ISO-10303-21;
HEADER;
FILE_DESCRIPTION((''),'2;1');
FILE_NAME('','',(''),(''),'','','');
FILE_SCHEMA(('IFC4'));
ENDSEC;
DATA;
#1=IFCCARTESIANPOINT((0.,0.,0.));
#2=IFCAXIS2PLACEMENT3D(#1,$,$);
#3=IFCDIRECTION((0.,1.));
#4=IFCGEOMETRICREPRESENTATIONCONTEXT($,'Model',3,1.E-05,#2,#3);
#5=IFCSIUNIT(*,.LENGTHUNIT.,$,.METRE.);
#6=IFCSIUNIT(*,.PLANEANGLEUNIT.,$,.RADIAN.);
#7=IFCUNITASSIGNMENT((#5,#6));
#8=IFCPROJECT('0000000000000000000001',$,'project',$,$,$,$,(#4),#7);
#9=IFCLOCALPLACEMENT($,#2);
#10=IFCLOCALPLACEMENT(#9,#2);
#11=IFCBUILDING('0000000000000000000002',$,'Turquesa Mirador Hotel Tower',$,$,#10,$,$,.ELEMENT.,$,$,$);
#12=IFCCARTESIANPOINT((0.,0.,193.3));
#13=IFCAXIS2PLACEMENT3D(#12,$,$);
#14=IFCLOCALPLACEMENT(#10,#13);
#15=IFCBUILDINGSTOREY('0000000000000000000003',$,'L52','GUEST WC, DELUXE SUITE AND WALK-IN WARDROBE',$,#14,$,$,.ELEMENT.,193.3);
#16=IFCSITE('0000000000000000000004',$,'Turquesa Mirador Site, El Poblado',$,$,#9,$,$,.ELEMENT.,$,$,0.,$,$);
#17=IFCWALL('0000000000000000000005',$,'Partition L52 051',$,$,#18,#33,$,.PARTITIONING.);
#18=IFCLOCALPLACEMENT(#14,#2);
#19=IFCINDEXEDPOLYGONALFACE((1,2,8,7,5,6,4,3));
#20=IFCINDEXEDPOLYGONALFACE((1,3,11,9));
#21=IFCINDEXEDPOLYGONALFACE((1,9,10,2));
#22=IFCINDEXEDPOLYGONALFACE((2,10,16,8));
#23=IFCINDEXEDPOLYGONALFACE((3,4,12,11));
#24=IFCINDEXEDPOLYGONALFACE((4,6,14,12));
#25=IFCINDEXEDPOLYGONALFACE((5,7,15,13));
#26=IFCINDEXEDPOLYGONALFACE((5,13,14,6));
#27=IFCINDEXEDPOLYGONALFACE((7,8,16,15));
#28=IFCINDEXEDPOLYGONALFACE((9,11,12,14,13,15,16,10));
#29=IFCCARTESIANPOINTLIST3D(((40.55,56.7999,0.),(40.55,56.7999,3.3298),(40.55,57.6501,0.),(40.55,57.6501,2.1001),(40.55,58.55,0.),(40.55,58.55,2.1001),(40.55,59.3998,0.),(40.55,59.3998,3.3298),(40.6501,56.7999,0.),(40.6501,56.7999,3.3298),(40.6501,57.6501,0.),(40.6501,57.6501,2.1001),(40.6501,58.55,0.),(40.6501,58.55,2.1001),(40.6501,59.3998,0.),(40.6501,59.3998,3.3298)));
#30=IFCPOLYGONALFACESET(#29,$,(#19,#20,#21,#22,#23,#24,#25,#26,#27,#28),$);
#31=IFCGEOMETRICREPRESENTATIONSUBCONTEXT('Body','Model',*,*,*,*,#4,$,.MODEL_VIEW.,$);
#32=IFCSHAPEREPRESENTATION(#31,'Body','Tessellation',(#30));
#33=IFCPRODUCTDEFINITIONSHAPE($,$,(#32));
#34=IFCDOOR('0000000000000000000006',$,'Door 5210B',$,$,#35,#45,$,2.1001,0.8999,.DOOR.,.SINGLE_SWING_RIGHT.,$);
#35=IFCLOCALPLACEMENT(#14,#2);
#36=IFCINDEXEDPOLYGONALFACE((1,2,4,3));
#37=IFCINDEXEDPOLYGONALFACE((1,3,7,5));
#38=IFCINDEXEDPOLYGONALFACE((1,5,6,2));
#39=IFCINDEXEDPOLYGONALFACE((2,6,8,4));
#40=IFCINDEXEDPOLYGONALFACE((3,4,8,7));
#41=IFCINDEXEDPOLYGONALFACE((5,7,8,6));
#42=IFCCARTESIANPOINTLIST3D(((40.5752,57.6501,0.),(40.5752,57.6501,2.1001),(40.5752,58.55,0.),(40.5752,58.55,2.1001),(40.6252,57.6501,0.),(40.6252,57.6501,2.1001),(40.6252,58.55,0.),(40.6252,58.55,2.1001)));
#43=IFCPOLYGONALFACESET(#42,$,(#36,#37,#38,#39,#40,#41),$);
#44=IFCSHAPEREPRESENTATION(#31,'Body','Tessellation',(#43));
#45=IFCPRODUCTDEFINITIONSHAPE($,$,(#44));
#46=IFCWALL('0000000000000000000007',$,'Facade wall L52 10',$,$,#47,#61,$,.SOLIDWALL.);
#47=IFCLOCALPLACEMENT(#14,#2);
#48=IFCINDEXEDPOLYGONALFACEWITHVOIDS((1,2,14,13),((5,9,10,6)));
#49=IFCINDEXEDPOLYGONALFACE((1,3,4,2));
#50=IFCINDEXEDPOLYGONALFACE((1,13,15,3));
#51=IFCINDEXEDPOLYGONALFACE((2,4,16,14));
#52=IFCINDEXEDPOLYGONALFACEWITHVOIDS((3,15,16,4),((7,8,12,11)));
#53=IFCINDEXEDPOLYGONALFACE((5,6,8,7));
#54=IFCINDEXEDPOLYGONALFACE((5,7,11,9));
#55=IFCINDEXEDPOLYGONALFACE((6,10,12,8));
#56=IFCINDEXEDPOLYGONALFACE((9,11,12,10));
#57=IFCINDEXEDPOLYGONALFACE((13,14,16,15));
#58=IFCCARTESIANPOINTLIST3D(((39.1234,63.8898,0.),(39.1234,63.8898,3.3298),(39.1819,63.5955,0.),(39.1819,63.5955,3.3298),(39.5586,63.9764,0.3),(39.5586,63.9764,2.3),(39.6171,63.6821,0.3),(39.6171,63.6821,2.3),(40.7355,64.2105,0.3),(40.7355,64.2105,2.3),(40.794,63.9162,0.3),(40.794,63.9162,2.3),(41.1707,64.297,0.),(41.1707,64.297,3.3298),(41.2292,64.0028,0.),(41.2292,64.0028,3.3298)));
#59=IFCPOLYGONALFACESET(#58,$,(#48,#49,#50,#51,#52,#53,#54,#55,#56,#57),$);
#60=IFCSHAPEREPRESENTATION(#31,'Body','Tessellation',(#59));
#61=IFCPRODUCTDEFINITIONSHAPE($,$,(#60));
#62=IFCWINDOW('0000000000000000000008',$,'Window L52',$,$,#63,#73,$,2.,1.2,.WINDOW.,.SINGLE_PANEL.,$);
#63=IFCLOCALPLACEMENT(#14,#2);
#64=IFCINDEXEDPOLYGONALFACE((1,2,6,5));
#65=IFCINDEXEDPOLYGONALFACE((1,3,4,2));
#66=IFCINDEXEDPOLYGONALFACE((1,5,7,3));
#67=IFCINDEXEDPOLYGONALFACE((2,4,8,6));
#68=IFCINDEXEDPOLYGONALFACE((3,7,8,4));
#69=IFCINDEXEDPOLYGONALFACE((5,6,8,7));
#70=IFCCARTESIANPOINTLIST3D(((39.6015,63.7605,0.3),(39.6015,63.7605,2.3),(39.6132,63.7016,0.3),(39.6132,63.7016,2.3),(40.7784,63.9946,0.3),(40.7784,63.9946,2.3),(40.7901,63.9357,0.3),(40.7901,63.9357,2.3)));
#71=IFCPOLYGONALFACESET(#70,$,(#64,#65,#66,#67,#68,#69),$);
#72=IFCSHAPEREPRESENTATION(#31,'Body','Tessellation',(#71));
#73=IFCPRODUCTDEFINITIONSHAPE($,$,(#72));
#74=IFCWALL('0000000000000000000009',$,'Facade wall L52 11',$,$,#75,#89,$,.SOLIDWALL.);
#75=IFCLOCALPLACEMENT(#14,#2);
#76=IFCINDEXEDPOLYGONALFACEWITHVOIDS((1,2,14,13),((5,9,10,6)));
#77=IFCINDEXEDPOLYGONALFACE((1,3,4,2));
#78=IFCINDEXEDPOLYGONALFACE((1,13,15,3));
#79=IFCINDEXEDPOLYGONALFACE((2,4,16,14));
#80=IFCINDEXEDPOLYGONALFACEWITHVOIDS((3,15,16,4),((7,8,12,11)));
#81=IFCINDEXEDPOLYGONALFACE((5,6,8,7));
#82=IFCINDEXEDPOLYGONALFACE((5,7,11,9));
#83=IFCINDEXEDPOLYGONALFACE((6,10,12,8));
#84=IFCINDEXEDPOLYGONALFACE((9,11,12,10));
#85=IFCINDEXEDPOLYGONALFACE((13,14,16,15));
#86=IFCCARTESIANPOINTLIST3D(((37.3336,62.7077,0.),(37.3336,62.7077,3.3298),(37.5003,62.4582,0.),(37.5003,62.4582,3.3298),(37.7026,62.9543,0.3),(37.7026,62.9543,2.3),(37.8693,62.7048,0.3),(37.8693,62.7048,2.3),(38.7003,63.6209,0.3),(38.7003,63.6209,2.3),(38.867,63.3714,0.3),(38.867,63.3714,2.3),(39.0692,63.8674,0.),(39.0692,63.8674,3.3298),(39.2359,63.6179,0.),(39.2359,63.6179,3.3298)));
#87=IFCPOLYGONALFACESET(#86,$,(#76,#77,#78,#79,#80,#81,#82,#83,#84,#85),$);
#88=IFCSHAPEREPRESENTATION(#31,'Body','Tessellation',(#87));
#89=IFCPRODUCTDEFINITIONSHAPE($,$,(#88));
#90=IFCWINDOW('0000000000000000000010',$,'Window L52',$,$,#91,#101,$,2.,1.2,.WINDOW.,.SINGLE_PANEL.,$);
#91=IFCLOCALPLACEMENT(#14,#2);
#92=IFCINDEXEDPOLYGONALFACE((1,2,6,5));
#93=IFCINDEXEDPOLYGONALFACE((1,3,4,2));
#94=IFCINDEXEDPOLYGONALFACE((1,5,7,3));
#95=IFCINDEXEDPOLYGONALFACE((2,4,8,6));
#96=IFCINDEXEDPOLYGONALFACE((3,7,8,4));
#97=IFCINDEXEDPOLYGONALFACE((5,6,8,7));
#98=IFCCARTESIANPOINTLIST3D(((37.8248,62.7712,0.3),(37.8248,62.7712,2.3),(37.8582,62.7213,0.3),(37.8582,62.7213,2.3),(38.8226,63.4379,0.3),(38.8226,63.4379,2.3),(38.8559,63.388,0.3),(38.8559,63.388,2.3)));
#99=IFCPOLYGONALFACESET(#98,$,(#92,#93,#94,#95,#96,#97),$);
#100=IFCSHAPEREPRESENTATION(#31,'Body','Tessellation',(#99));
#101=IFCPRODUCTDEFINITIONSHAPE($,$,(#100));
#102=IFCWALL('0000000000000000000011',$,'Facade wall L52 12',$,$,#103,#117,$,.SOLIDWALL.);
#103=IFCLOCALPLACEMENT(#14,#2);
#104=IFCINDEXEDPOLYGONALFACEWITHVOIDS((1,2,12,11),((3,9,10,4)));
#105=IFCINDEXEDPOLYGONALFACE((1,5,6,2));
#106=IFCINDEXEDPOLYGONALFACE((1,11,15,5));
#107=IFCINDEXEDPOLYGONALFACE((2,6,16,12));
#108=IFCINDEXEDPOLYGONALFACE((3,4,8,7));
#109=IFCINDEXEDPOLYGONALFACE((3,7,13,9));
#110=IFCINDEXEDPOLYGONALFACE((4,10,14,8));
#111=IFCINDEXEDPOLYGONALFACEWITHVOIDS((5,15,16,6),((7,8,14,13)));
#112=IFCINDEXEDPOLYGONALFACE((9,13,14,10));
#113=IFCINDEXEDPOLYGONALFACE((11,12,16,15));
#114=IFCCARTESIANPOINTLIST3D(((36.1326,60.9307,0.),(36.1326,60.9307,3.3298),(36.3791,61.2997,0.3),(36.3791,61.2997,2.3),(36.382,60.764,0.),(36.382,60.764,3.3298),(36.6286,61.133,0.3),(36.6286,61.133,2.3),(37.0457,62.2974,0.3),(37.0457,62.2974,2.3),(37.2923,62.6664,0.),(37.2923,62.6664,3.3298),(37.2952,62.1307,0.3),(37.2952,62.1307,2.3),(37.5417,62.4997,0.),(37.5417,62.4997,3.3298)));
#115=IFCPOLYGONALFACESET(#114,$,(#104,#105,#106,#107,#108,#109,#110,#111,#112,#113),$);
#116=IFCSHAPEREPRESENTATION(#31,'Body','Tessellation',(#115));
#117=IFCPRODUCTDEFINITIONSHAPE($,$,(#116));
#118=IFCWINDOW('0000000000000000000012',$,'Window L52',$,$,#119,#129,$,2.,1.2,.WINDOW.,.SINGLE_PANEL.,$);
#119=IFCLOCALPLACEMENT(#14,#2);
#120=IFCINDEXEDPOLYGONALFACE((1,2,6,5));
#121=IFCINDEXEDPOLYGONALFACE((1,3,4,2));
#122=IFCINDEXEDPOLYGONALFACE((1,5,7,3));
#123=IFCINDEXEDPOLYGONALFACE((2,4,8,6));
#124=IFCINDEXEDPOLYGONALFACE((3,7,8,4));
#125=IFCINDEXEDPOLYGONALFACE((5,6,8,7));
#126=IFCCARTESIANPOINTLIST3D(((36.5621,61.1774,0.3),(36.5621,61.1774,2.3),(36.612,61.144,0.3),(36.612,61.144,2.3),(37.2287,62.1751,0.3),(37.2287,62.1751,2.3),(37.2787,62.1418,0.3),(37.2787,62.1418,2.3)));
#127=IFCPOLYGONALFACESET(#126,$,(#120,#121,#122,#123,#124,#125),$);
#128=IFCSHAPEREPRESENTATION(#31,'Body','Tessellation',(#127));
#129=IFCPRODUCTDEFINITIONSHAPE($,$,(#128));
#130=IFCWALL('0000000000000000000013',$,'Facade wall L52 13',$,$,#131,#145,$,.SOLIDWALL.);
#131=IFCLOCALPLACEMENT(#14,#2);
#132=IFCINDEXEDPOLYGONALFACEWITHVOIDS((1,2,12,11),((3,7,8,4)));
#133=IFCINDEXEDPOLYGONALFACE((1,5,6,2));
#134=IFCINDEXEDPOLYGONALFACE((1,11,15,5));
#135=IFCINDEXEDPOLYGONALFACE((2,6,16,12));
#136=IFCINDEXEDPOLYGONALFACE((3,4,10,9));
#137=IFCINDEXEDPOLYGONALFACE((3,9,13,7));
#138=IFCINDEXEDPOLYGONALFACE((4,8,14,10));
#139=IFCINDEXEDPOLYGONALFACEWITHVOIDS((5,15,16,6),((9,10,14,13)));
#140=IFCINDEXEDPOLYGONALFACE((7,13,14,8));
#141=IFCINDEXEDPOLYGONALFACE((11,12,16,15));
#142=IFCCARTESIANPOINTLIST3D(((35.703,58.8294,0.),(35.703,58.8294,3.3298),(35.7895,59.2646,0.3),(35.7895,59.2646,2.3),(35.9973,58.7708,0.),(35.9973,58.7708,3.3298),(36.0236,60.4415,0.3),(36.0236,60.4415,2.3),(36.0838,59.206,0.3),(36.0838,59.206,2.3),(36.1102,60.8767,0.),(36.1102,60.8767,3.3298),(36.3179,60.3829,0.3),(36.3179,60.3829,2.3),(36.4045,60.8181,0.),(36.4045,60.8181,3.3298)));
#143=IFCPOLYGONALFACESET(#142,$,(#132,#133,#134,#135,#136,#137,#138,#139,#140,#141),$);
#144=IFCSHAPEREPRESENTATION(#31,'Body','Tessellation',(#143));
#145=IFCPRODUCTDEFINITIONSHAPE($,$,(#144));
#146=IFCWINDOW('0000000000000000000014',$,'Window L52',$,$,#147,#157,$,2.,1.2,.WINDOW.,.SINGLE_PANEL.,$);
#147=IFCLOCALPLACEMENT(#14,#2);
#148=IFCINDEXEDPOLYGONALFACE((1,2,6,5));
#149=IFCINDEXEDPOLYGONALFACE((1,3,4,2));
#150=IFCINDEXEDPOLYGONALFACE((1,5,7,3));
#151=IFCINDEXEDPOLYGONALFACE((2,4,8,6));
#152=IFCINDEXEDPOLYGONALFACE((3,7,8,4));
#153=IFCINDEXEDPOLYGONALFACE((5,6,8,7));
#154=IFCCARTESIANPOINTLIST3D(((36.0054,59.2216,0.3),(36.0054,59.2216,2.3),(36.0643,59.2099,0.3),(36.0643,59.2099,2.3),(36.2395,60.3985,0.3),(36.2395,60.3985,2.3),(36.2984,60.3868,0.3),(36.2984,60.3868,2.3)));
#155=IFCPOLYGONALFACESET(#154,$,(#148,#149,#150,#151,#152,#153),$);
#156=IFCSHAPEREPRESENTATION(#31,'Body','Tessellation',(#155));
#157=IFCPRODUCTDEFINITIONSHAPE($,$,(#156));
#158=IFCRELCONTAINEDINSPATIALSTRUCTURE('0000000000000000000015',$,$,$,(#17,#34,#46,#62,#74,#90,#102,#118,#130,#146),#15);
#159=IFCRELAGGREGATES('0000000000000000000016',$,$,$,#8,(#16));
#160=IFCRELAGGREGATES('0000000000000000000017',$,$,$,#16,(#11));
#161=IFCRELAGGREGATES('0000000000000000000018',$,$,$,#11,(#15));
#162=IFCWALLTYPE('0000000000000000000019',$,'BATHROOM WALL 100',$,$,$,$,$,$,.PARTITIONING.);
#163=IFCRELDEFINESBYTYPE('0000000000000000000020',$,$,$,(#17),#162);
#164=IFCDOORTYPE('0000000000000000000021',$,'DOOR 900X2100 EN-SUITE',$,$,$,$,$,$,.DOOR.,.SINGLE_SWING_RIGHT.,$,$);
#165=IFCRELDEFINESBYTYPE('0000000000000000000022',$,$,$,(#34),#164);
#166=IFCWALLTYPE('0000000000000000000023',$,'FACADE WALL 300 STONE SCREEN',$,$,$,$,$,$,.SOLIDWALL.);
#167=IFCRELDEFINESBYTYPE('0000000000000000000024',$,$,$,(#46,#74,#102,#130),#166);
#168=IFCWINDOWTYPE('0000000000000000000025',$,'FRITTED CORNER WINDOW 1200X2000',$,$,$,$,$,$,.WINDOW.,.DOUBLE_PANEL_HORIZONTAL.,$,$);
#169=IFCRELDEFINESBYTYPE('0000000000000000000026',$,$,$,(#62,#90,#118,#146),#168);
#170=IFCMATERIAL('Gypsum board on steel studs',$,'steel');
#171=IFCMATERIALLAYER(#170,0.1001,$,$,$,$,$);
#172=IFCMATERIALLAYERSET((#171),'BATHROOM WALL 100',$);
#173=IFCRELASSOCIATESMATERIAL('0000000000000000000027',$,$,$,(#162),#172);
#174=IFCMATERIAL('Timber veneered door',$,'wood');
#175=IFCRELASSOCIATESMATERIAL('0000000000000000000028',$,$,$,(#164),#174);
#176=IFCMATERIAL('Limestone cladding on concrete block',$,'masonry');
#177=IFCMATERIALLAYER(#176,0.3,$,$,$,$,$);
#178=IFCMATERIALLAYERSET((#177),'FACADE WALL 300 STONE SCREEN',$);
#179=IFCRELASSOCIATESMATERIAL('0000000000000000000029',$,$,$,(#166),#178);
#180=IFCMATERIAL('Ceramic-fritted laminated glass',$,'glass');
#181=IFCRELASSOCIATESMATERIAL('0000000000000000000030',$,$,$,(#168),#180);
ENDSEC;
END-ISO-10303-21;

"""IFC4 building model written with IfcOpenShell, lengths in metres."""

from ifc_helpers import new_model, si_unit, direction, frame, frame_2d, origin, place, context, subcontext, project, spatial, rectangle, extrude, material, layer, layer_set, type_object, element, fill, save


model = new_model("IFC4")

# Units and contexts
model_context = context("Model", 3, precision=1e-05, world=origin(), true_north=direction((0.0, 1.0)))
body_context = subcontext(model_context, "Body", "Model", "MODEL_VIEW")
ifc_project = project(units=[si_unit("LENGTHUNIT", "METRE"), si_unit("PLANEANGLEUNIT", "RADIAN")], contexts=[model_context])

# Site, building, storey
site_placement = place(None, origin())
site = spatial("IfcSite", under=ifc_project, at=site_placement, Name="Turquesa Mirador Site, El Poblado", CompositionType="ELEMENT", RefElevation=0.0)
building_placement = place(site_placement, origin())
building = spatial("IfcBuilding", under=site, at=building_placement, Name="Turquesa Mirador Hotel Tower", CompositionType="ELEMENT")
storey_placement = place(building_placement, frame((0.0, 0.0, 193.3)))
storey = spatial("IfcBuildingStorey", under=building, at=storey_placement, Name="L52", Description="GUEST WC, DELUXE SUITE AND WALK-IN WARDROBE", CompositionType="ELEMENT", Elevation=193.3)

# Shared definitions
ifc_material_1 = material(Name="Gypsum board on steel studs", Category="steel")
ifc_layer_1 = layer(ifc_material_1, 0.1001)
ifc_layer_set_1 = layer_set([ifc_layer_1], Name="BATHROOM WALL 100")
wall_type_1 = type_object("IfcWallType", Name="BATHROOM WALL 100", PredefinedType="PARTITIONING", material=ifc_layer_set_1)

# Wall, opening, door
wall_1_placement = place(storey_placement, frame((40.6001, 56.8, 0.0), z_axis=(0.0, 0.0, 1.0), x_axis=(0.0, 1.0, 0.0)))
wall_1 = element("IfcWall", 1, at=wall_1_placement, inside=storey, type_object=wall_type_1, Name="Partition L52 051", PredefinedType="PARTITIONING", context=body_context, shape_type="SweptSolid", body=[
    extrude(rectangle(XDim=2.5999, YDim=0.1001, at=frame_2d((1.2998, 0.0))), origin(), (0.0, 0.0, 1.0), 3.3298),
])
opening_1_placement = place(wall_1_placement, frame((0.8501, 0.0, 0.0)))
opening_1 = element("IfcOpeningElement", 2, at=opening_1_placement, cuts=wall_1, PredefinedType="OPENING", context=body_context, shape_type="SweptSolid", body=[
    extrude(rectangle(XDim=0.8999, YDim=2.1001, at=frame_2d((0.45, 1.05))), frame((0.0, 0.0601, 0.0), z_axis=(0.0, -1.0, 0.0), x_axis=(1.0, 0.0, 0.0)), (0.0, 0.0, 1.0), 0.1201),
])
ifc_material_2 = material(Name="Timber veneered door", Category="wood")
door_type_1 = type_object("IfcDoorType", Name="DOOR 900X2100 EN-SUITE", OperationType="SINGLE_SWING_RIGHT", PredefinedType="DOOR", material=ifc_material_2)
door_1_placement = place(opening_1_placement, origin())
door_1 = element("IfcDoor", 3, at=door_1_placement, inside=storey, type_object=door_type_1, Name="Door 5210B", OperationType="SINGLE_SWING_RIGHT", OverallHeight=2.1001, OverallWidth=0.8999, PredefinedType="DOOR", context=body_context, shape_type="SweptSolid", body=[
    extrude(rectangle(XDim=0.8999, YDim=2.1001, at=frame_2d((0.45, 1.05))), frame((0.0, 0.0249, 0.0), z_axis=(0.0, -1.0, 0.0), x_axis=(1.0, 0.0, 0.0)), (0.0, 0.0, 1.0), 0.05),
])
fill(opening_1, door_1)

# Walls, openings, windows
ifc_material_3 = material(Name="Limestone cladding on concrete block", Category="masonry")
ifc_layer_2 = layer(ifc_material_3, 0.3)
ifc_layer_set_2 = layer_set([ifc_layer_2], Name="FACADE WALL 300 STONE SCREEN")
wall_type_2 = type_object("IfcWallType", Name="FACADE WALL 300 STONE SCREEN", PredefinedType="SOLIDWALL", material=ifc_layer_set_2)
wall_2_placement = place(storey_placement, frame((41.2, 64.1499, 0.0), z_axis=(0.0, 0.0, 1.0), x_axis=(-0.980787, -0.195081, 0.0)))
wall_2 = element("IfcWall", 4, at=wall_2_placement, inside=storey, type_object=wall_type_2, Name="Facade wall L52 10", PredefinedType="SOLIDWALL", context=body_context, shape_type="SweptSolid", body=[
    extrude(rectangle(XDim=2.0874, YDim=0.3, at=frame_2d((1.0437, 0.0))), origin(), (0.0, 0.0, 1.0), 3.3298),
])
opening_2_placement = place(wall_2_placement, frame((0.4436, 0.0, 0.3)))
opening_2 = element("IfcOpeningElement", 5, at=opening_2_placement, cuts=wall_2, PredefinedType="OPENING", context=body_context, shape_type="SweptSolid", body=[
    extrude(rectangle(XDim=1.2, YDim=2.0, at=frame_2d((0.6001, 1.0))), frame((0.0, 0.1599, 0.0), z_axis=(0.0, -1.0, 0.0), x_axis=(1.0, 0.0, 0.0)), (0.0, 0.0, 1.0), 0.3201),
])
ifc_material_4 = material(Name="Ceramic-fritted laminated glass", Category="glass")
window_type_1 = type_object("IfcWindowType", Name="FRITTED CORNER WINDOW 1200X2000", PartitioningType="DOUBLE_PANEL_HORIZONTAL", PredefinedType="WINDOW", material=ifc_material_4)
window_1_placement = place(opening_2_placement, origin())
window_1 = element("IfcWindow", 6, at=window_1_placement, inside=storey, type_object=window_type_1, Name="Window L52", OverallHeight=2.0, OverallWidth=1.2, PartitioningType="SINGLE_PANEL", PredefinedType="WINDOW", context=body_context, shape_type="SweptSolid", body=[
    extrude(rectangle(XDim=1.2, YDim=2.0, at=frame_2d((0.6001, 1.0))), frame((0.0, 0.1301, 0.0), z_axis=(0.0, -1.0, 0.0), x_axis=(1.0, 0.0, 0.0)), (0.0, 0.0, 1.0), 0.0601),
])
fill(opening_2, window_1)
wall_3_placement = place(storey_placement, frame((39.1526, 63.7427, 0.0), z_axis=(0.0, 0.0, 1.0), x_axis=(-0.831474, -0.555564, 0.0)))
wall_3 = element("IfcWall", 7, at=wall_3_placement, inside=storey, type_object=wall_type_2, Name="Facade wall L52 11", PredefinedType="SOLIDWALL", context=body_context, shape_type="SweptSolid", body=[
    extrude(rectangle(XDim=2.0874, YDim=0.3, at=frame_2d((1.0437, 0.0))), origin(), (0.0, 0.0, 1.0), 3.3298),
])
opening_3_placement = place(wall_3_placement, frame((0.4436, 0.0, 0.3)))
opening_3 = element("IfcOpeningElement", 8, at=opening_3_placement, cuts=wall_3, PredefinedType="OPENING", context=body_context, shape_type="SweptSolid", body=[
    extrude(rectangle(XDim=1.2, YDim=2.0, at=frame_2d((0.6001, 1.0))), frame((0.0, 0.1599, 0.0), z_axis=(0.0, -1.0, 0.0), x_axis=(1.0, 0.0, 0.0)), (0.0, 0.0, 1.0), 0.3201),
])
window_2_placement = place(opening_3_placement, origin())
window_2 = element("IfcWindow", 9, at=window_2_placement, inside=storey, type_object=window_type_1, Name="Window L52", OverallHeight=2.0, OverallWidth=1.2, PartitioningType="SINGLE_PANEL", PredefinedType="WINDOW", context=body_context, shape_type="SweptSolid", body=[
    extrude(rectangle(XDim=1.2, YDim=2.0, at=frame_2d((0.6001, 1.0))), frame((0.0, 0.1301, 0.0), z_axis=(0.0, -1.0, 0.0), x_axis=(1.0, 0.0, 0.0)), (0.0, 0.0, 1.0), 0.0601),
])
fill(opening_3, window_2)
wall_4_placement = place(storey_placement, frame((37.417, 62.583, 0.0), z_axis=(0.0, 0.0, 1.0), x_axis=(-0.555564, -0.831474, 0.0)))
wall_4 = element("IfcWall", 10, at=wall_4_placement, inside=storey, type_object=wall_type_2, Name="Facade wall L52 12", PredefinedType="SOLIDWALL", context=body_context, shape_type="SweptSolid", body=[
    extrude(rectangle(XDim=2.0874, YDim=0.3, at=frame_2d((1.0437, 0.0))), origin(), (0.0, 0.0, 1.0), 3.3298),
])
opening_4_placement = place(wall_4_placement, frame((0.4436, 0.0, 0.3)))
opening_4 = element("IfcOpeningElement", 11, at=opening_4_placement, cuts=wall_4, PredefinedType="OPENING", context=body_context, shape_type="SweptSolid", body=[
    extrude(rectangle(XDim=1.2, YDim=2.0, at=frame_2d((0.6001, 1.0))), frame((0.0, 0.1599, 0.0), z_axis=(0.0, -1.0, 0.0), x_axis=(1.0, 0.0, 0.0)), (0.0, 0.0, 1.0), 0.3201),
])
window_3_placement = place(opening_4_placement, origin())
window_3 = element("IfcWindow", 12, at=window_3_placement, inside=storey, type_object=window_type_1, Name="Window L52", OverallHeight=2.0, OverallWidth=1.2, PartitioningType="SINGLE_PANEL", PredefinedType="WINDOW", context=body_context, shape_type="SweptSolid", body=[
    extrude(rectangle(XDim=1.2, YDim=2.0, at=frame_2d((0.6001, 1.0))), frame((0.0, 0.1301, 0.0), z_axis=(0.0, -1.0, 0.0), x_axis=(1.0, 0.0, 0.0)), (0.0, 0.0, 1.0), 0.0601),
])
fill(opening_4, window_3)
wall_5_placement = place(storey_placement, frame((36.2573, 60.8474, 0.0), z_axis=(0.0, 0.0, 1.0), x_axis=(-0.195081, -0.980787, 0.0)))
wall_5 = element("IfcWall", 13, at=wall_5_placement, inside=storey, type_object=wall_type_2, Name="Facade wall L52 13", PredefinedType="SOLIDWALL", context=body_context, shape_type="SweptSolid", body=[
    extrude(rectangle(XDim=2.0874, YDim=0.3, at=frame_2d((1.0437, 0.0))), origin(), (0.0, 0.0, 1.0), 3.3298),
])
opening_5_placement = place(wall_5_placement, frame((0.4436, 0.0, 0.3)))
opening_5 = element("IfcOpeningElement", 14, at=opening_5_placement, cuts=wall_5, PredefinedType="OPENING", context=body_context, shape_type="SweptSolid", body=[
    extrude(rectangle(XDim=1.2, YDim=2.0, at=frame_2d((0.6001, 1.0))), frame((0.0, 0.1599, 0.0), z_axis=(0.0, -1.0, 0.0), x_axis=(1.0, 0.0, 0.0)), (0.0, 0.0, 1.0), 0.3201),
])
window_4_placement = place(opening_5_placement, origin())
window_4 = element("IfcWindow", 15, at=window_4_placement, inside=storey, type_object=window_type_1, Name="Window L52", OverallHeight=2.0, OverallWidth=1.2, PartitioningType="SINGLE_PANEL", PredefinedType="WINDOW", context=body_context, shape_type="SweptSolid", body=[
    extrude(rectangle(XDim=1.2, YDim=2.0, at=frame_2d((0.6001, 1.0))), frame((0.0, 0.1301, 0.0), z_axis=(0.0, -1.0, 0.0), x_axis=(1.0, 0.0, 0.0)), (0.0, 0.0, 1.0), 0.0601),
])
fill(opening_5, window_4)

save(model, "model.ifc")
